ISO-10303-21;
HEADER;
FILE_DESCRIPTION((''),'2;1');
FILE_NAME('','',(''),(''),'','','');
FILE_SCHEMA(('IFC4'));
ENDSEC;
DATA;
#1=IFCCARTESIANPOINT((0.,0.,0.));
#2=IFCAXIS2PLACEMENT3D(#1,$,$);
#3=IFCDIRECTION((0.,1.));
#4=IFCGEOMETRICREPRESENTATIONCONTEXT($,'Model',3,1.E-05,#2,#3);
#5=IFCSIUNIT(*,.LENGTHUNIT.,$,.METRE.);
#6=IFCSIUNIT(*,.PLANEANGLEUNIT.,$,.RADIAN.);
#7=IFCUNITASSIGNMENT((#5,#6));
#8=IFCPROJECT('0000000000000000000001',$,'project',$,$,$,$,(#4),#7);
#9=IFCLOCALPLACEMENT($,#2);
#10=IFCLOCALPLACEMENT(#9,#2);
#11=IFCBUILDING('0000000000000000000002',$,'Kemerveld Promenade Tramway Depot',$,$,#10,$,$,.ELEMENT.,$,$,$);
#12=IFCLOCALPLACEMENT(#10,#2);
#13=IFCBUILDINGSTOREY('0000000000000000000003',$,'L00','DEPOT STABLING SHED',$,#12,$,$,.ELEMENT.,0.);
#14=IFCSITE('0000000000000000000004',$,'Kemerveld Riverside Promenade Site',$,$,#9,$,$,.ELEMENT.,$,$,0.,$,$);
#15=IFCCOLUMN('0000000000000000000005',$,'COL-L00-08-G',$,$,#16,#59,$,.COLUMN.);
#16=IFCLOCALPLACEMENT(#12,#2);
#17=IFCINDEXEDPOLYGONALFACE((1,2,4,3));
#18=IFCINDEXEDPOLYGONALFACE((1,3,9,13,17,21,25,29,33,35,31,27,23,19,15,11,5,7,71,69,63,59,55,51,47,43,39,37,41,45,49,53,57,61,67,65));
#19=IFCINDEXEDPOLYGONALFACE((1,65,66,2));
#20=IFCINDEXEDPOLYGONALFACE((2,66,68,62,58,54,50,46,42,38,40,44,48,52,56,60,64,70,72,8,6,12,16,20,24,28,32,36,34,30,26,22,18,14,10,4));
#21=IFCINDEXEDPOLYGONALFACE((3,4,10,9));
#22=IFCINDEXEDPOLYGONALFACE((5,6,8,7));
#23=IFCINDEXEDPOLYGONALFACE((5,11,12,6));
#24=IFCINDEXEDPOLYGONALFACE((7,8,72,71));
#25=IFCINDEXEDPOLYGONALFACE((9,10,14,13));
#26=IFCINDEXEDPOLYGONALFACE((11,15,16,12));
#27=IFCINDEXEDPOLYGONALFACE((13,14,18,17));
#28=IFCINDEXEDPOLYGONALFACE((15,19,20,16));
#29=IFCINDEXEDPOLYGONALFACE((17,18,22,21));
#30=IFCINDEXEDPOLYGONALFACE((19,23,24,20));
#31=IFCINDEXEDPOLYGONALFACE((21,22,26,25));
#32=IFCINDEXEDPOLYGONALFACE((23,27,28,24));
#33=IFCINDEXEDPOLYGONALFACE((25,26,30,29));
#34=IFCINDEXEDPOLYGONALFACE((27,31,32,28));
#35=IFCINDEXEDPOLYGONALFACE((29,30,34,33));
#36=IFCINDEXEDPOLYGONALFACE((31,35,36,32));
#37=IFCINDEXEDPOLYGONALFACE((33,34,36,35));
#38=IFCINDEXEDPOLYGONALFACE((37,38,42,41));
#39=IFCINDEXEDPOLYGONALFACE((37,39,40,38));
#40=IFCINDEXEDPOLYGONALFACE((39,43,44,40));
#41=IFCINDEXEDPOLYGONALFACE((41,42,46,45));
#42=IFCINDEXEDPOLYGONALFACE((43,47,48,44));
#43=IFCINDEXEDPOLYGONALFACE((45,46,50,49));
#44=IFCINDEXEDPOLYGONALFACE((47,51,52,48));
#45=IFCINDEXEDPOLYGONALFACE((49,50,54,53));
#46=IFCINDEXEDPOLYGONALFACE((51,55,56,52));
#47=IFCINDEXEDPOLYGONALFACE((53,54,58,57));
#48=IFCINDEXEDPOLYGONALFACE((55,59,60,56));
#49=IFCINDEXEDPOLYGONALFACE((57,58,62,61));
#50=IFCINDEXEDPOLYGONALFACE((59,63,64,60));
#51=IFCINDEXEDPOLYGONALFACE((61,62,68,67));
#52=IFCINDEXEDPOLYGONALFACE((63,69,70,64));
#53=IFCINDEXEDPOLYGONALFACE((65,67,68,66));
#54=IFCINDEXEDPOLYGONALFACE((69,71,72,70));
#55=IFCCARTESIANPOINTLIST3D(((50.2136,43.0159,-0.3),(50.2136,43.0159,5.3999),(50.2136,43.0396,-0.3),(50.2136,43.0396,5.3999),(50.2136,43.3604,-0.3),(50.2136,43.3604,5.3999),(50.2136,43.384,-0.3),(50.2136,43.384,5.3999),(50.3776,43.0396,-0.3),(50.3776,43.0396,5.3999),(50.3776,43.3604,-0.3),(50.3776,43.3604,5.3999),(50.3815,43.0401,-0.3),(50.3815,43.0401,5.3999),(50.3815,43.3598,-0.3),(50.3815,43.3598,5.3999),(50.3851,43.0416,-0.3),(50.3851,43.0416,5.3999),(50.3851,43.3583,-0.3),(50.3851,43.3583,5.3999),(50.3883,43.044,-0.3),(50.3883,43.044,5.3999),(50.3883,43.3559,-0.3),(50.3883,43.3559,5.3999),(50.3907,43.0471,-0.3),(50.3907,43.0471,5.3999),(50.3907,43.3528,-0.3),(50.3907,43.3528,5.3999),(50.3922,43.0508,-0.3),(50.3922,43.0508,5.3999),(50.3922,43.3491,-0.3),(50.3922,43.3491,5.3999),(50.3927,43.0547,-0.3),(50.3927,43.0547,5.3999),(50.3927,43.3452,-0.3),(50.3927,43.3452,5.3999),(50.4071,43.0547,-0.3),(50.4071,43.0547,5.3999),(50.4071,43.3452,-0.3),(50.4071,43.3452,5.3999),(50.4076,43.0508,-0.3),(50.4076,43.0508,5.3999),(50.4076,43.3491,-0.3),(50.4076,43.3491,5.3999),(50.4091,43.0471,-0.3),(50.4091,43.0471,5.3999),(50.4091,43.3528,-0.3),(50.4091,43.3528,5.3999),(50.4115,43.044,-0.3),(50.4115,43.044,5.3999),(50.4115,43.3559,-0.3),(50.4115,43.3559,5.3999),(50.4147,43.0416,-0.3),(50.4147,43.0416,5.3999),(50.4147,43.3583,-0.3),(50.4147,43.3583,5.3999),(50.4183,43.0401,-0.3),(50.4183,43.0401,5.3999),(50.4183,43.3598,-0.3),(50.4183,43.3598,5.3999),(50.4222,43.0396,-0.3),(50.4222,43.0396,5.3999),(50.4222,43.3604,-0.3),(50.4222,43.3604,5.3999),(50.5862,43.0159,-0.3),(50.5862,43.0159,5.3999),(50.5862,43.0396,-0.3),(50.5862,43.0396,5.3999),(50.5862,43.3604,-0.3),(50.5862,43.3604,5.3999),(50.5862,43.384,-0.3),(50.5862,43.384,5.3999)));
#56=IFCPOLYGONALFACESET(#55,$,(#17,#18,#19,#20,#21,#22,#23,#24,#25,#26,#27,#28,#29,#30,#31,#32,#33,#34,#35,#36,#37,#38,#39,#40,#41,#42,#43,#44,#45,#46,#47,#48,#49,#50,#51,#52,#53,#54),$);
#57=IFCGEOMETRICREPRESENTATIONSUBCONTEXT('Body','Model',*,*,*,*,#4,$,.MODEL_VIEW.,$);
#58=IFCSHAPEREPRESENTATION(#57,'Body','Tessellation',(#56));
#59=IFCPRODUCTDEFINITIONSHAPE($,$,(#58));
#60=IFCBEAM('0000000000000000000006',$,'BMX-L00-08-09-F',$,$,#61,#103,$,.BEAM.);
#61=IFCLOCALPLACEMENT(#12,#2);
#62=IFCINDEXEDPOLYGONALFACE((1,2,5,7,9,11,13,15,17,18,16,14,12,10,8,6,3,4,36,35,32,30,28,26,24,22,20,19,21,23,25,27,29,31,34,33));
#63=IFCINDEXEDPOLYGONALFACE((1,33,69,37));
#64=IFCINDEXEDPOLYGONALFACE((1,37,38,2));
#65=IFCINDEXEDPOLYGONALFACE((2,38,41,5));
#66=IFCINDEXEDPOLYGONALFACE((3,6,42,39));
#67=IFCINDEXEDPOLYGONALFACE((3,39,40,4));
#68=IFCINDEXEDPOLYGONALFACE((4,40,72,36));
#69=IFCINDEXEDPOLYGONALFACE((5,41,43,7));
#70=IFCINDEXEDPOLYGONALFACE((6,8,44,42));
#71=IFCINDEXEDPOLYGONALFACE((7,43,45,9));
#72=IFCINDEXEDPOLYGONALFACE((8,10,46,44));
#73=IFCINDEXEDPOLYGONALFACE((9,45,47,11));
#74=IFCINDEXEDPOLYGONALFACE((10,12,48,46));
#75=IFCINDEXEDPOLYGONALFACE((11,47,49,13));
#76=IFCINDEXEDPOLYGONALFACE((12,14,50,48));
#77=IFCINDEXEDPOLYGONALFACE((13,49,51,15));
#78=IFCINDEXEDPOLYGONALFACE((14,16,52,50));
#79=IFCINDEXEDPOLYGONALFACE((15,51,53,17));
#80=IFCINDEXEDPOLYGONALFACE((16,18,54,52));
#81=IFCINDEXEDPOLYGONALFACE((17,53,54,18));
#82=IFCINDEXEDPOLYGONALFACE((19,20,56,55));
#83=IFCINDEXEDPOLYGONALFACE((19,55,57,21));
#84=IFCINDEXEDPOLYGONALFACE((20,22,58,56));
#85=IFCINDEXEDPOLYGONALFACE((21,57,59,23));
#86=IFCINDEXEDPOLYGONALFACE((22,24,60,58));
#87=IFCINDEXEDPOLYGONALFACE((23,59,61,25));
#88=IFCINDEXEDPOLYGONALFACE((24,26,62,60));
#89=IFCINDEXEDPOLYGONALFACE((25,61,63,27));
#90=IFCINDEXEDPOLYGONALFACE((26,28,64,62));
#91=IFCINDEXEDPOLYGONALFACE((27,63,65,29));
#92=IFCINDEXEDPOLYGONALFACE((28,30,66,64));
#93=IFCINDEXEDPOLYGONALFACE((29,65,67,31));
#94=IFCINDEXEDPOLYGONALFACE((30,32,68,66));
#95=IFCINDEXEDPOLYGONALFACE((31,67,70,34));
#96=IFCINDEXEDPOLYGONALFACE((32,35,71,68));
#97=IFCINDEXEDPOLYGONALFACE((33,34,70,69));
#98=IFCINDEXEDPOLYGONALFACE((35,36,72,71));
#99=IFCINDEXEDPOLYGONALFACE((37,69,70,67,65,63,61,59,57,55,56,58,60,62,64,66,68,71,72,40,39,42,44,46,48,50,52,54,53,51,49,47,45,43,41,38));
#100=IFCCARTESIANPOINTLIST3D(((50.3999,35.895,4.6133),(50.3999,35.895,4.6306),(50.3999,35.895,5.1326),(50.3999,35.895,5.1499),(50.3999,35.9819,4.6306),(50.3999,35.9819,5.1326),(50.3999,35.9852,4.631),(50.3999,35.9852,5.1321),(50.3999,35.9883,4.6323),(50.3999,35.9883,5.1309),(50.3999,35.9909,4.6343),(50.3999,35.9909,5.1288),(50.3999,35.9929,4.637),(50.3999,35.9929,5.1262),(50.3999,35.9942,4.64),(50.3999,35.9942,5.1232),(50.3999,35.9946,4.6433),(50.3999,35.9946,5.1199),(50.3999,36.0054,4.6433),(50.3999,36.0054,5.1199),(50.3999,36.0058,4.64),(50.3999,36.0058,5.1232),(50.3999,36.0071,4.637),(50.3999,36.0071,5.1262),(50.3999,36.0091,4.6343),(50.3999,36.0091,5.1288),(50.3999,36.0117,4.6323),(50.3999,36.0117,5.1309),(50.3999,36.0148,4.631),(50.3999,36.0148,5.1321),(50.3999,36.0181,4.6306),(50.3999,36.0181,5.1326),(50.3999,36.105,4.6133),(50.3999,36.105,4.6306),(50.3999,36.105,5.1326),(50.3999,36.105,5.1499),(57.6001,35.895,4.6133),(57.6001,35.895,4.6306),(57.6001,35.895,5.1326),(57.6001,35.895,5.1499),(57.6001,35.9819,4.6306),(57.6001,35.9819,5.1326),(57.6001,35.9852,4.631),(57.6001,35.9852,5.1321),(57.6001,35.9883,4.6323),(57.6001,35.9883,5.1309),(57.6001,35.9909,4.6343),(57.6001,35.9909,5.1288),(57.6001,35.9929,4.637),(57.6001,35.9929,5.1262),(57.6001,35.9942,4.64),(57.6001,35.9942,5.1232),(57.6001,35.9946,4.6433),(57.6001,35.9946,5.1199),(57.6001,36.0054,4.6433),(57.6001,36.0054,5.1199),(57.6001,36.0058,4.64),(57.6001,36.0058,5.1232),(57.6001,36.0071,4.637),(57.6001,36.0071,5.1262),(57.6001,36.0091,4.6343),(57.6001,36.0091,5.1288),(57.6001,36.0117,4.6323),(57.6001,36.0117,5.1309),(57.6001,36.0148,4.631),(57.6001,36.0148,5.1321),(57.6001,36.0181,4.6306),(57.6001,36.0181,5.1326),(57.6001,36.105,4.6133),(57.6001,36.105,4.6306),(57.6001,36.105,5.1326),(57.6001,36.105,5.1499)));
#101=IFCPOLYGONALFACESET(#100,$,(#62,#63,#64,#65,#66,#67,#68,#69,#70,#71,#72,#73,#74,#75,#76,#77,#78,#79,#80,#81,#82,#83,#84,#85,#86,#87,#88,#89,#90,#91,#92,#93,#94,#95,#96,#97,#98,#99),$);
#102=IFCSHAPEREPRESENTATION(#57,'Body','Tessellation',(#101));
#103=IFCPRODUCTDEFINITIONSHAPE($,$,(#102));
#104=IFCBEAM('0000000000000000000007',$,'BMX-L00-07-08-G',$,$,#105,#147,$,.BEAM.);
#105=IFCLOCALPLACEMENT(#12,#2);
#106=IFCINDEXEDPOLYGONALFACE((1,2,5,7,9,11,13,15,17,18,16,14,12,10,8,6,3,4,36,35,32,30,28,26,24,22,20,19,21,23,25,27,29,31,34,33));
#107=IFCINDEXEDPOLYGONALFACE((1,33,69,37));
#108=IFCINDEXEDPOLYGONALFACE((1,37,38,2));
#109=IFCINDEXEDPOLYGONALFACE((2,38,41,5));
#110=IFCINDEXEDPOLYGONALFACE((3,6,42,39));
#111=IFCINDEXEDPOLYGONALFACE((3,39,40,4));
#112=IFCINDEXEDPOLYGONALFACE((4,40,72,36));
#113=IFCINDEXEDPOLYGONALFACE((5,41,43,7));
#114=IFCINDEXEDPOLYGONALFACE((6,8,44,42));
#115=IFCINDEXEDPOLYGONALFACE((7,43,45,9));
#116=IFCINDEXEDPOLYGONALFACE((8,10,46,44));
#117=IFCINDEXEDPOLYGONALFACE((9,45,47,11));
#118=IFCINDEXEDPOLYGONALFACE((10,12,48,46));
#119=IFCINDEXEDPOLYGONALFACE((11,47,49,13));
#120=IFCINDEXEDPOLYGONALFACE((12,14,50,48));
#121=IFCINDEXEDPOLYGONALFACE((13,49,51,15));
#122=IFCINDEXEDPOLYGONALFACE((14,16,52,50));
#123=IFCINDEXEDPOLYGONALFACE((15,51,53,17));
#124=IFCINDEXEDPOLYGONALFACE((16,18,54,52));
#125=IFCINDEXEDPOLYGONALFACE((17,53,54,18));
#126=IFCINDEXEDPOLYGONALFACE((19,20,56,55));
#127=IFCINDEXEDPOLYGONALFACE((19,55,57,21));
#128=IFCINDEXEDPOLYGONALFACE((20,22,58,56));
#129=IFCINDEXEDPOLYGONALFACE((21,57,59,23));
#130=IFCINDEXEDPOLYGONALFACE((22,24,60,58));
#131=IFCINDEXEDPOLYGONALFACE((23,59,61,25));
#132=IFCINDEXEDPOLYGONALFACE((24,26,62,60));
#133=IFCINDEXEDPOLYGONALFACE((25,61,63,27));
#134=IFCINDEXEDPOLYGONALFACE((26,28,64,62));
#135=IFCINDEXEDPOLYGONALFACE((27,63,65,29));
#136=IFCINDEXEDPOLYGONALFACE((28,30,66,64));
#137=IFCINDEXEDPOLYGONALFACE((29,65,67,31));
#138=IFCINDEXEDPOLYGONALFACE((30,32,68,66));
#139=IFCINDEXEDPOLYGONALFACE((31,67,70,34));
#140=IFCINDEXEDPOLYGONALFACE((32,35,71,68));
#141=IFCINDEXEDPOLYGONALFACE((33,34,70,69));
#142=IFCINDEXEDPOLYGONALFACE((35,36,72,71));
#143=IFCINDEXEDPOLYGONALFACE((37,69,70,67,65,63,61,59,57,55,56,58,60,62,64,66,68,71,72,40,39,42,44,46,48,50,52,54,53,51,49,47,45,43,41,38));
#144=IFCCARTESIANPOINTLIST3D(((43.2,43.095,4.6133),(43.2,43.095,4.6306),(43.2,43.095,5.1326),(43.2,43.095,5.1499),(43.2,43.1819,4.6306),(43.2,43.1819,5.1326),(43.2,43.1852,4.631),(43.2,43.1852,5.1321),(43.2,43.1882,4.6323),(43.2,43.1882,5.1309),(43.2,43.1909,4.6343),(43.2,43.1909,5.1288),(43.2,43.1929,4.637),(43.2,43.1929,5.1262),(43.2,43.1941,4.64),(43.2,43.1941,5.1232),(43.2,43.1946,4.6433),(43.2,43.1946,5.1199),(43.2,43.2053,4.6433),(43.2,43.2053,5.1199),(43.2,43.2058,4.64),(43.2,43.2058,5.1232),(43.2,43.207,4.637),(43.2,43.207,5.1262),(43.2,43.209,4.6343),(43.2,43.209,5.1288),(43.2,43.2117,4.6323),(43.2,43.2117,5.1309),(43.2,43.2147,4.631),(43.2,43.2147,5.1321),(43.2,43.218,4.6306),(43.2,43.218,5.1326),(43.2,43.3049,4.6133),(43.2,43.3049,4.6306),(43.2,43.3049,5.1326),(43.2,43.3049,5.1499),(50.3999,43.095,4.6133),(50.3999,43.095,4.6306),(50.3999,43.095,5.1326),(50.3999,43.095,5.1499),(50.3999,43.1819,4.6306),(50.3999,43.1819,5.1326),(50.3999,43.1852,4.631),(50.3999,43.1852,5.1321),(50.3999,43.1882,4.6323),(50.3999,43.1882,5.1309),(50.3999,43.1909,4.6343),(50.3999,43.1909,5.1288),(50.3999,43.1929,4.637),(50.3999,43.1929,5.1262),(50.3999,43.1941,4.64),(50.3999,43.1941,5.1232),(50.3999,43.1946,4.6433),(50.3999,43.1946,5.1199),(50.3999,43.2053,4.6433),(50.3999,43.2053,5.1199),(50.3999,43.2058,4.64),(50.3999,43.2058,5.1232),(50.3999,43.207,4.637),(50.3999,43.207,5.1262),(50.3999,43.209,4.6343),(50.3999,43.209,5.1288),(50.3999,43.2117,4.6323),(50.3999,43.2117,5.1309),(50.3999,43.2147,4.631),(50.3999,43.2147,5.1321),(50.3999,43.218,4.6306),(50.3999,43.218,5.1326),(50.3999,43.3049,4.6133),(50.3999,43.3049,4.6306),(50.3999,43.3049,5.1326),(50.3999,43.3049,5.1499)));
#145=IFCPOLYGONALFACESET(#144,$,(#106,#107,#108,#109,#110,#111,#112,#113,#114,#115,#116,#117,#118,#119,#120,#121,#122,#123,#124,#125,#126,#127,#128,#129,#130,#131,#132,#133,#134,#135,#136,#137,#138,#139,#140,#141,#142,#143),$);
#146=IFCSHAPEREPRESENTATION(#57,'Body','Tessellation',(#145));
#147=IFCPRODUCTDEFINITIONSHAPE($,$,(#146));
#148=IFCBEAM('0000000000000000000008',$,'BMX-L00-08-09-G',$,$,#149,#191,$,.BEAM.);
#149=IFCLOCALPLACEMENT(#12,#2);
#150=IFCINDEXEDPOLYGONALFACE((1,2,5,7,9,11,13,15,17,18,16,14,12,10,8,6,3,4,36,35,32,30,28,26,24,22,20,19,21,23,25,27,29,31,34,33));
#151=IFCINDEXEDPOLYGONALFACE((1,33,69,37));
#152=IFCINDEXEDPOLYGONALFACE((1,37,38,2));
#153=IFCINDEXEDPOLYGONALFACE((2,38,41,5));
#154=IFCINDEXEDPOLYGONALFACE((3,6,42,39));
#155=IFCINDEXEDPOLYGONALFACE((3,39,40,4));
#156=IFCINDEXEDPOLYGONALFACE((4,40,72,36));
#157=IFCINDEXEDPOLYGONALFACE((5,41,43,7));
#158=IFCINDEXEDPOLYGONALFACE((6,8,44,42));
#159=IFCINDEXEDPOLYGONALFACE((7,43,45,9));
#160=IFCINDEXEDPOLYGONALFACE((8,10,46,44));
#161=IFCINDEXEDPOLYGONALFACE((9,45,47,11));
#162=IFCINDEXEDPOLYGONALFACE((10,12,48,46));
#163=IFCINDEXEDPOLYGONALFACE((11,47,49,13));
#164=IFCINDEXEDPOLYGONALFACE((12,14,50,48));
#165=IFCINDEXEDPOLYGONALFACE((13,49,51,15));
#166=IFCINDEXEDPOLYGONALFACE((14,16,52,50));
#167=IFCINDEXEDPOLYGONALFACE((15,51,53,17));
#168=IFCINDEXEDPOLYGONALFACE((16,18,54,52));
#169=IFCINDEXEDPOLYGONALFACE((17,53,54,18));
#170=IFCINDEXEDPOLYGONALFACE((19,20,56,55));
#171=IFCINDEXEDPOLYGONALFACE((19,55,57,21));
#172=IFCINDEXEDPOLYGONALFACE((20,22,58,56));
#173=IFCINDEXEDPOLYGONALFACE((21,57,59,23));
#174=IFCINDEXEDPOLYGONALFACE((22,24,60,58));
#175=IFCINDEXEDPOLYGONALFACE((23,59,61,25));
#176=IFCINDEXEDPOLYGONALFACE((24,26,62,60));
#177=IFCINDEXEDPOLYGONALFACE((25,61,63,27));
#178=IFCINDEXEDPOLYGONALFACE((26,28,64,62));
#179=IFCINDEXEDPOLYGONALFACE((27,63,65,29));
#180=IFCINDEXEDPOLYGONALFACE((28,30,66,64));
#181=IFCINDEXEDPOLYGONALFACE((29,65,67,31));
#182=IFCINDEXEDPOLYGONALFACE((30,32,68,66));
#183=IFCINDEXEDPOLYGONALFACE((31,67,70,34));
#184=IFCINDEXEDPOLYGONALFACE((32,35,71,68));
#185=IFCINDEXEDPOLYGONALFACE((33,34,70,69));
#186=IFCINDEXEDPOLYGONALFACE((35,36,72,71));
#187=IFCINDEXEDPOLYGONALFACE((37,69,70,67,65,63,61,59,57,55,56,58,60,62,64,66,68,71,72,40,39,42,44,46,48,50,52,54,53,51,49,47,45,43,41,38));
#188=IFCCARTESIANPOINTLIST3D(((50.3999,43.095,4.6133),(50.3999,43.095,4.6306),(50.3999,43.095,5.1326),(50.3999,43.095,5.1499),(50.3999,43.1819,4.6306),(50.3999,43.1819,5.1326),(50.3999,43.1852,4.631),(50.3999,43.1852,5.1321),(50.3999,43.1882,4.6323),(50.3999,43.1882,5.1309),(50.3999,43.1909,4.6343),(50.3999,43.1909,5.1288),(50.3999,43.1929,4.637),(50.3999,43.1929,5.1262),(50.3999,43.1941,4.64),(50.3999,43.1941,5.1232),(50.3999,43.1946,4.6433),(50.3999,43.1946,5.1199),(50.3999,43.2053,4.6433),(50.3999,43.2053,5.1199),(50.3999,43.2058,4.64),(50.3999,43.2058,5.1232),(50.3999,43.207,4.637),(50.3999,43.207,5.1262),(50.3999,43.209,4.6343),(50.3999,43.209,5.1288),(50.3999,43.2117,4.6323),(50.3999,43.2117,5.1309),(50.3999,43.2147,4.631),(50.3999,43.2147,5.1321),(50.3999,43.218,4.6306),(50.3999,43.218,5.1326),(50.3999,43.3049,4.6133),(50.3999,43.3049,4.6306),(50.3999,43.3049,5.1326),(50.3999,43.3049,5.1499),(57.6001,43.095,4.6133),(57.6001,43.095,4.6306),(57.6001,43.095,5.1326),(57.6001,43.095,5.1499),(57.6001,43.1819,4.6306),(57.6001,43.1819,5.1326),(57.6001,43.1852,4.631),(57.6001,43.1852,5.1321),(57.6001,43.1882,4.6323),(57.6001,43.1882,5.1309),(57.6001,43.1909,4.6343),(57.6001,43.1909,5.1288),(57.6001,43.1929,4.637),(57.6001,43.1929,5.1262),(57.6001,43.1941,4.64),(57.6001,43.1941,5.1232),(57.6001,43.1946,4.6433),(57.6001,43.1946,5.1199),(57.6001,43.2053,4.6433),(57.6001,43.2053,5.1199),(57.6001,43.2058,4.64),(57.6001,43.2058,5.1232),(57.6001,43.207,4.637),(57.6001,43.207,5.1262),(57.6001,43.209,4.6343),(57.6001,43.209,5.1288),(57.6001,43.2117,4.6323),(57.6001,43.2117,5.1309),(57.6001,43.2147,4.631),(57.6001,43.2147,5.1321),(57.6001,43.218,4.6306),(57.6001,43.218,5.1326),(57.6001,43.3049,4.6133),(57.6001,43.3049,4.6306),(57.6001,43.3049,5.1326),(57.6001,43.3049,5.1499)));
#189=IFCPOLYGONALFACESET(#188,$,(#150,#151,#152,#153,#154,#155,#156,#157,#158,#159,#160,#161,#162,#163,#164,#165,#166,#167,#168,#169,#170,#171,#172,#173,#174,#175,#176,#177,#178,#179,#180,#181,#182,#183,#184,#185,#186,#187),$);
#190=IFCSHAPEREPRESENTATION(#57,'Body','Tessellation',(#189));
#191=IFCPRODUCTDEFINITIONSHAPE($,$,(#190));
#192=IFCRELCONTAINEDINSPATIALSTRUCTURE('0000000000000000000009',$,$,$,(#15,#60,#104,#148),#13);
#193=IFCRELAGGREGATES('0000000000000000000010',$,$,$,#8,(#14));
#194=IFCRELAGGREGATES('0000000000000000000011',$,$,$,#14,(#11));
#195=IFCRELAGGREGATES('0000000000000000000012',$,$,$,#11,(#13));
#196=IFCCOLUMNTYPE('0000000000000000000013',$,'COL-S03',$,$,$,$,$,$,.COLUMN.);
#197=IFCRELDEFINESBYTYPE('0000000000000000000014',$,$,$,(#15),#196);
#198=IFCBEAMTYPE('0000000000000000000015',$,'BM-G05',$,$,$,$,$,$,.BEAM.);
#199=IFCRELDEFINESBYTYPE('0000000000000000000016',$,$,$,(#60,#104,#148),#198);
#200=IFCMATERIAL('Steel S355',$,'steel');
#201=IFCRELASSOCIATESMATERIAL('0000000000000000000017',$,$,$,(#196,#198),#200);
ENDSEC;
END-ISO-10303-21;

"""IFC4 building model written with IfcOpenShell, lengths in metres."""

from ifc_helpers import new_model, si_unit, direction, frame, origin, origin_2d, place, context, subcontext, project, spatial, i_section, extrude, material, material_profile, profile_set, type_object, element, save


model = new_model("IFC4")

# Units and contexts
model_context = context("Model", 3, precision=1e-05, world=origin(), true_north=direction((0.0, 1.0)))
body_context = subcontext(model_context, "Body", "Model", "MODEL_VIEW")
ifc_project = project(units=[si_unit("LENGTHUNIT", "METRE"), si_unit("PLANEANGLEUNIT", "RADIAN")], contexts=[model_context])

# Site, building, storey
site_placement = place(None, origin())
site = spatial("IfcSite", under=ifc_project, at=site_placement, Name="Kemerveld Riverside Promenade Site", CompositionType="ELEMENT", RefElevation=0.0)
building_placement = place(site_placement, origin())
building = spatial("IfcBuilding", under=site, at=building_placement, Name="Kemerveld Promenade Tramway Depot", CompositionType="ELEMENT")
storey_placement = place(building_placement, origin())
storey = spatial("IfcBuildingStorey", under=building, at=storey_placement, Name="L00", Description="DEPOT STABLING SHED", CompositionType="ELEMENT", Elevation=0.0)

# Column
ifc_material_1 = material(Name="Steel S355", Category="steel")
ifc_material_profile_1 = material_profile(ifc_material_1, i_section(OverallWidth=0.3726, OverallDepth=0.3682, WebThickness=0.0144, FlangeThickness=0.0237, FilletRadius=0.0151, at=origin_2d()), Name="356x368x177 UC")
ifc_profile_set_1 = profile_set([ifc_material_profile_1], Name="Steel S355")
column_type = type_object("IfcColumnType", Name="COL-S03", PredefinedType="COLUMN", material=ifc_profile_set_1)
for number, where, z_axis, x_axis, name in (
    (1, (50.3999, 43.2, -0.3), (0.0, 0.0, 1.0), (1.0, 0.0, 0.0), "COL-L00-08-G"),
):
    element("IfcColumn", number, at=place(storey_placement, frame(where, z_axis=z_axis, x_axis=x_axis)), inside=storey, type_object=column_type, Name=name, PredefinedType="COLUMN", context=body_context, shape_type="SweptSolid", body=[
        extrude(i_section(OverallWidth=0.3726, OverallDepth=0.3682, WebThickness=0.0144, FlangeThickness=0.0237, FilletRadius=0.0151, at=origin_2d()), origin(), (0.0, 0.0, 1.0), 5.7),
    ])

# Beams
ifc_material_profile_2 = material_profile(ifc_material_1, i_section(OverallWidth=0.21, OverallDepth=0.5366, WebThickness=0.0107, FlangeThickness=0.0173, FilletRadius=0.0127, at=origin_2d()), Name="533x210x101 UB")
ifc_profile_set_2 = profile_set([ifc_material_profile_2], Name="Steel S355")
beam_type_1 = type_object("IfcBeamType", Name="BM-G05", PredefinedType="BEAM", material=ifc_profile_set_2)
beam_1_placement = place(storey_placement, frame((50.3999, 36.0, 4.8816), z_axis=(1.0, 0.0, 0.0), x_axis=(0.0, 1.0, 0.0)))
element("IfcBeam", 2, at=beam_1_placement, inside=storey, type_object=beam_type_1, Name="BMX-L00-08-09-F", PredefinedType="BEAM", context=body_context, shape_type="SweptSolid", body=[
    extrude(i_section(OverallWidth=0.21, OverallDepth=0.5366, WebThickness=0.0107, FlangeThickness=0.0173, FilletRadius=0.0127, at=origin_2d()), origin(), (0.0, 0.0, 1.0), 7.2002),
])
beam_2_placement = place(storey_placement, frame((43.2, 43.2, 4.8816), z_axis=(1.0, 0.0, 0.0), x_axis=(0.0, 1.0, 0.0)))
element("IfcBeam", 3, at=beam_2_placement, inside=storey, type_object=beam_type_1, Name="BMX-L00-07-08-G", PredefinedType="BEAM", context=body_context, shape_type="SweptSolid", body=[
    extrude(i_section(OverallWidth=0.21, OverallDepth=0.5366, WebThickness=0.0107, FlangeThickness=0.0173, FilletRadius=0.0127, at=origin_2d()), origin(), (0.0, 0.0, 1.0), 7.2),
])
beam_3_placement = place(storey_placement, frame((50.3999, 43.2, 4.8816), z_axis=(1.0, 0.0, 0.0), x_axis=(0.0, 1.0, 0.0)))
element("IfcBeam", 4, at=beam_3_placement, inside=storey, type_object=beam_type_1, Name="BMX-L00-08-09-G", PredefinedType="BEAM", context=body_context, shape_type="SweptSolid", body=[
    extrude(i_section(OverallWidth=0.21, OverallDepth=0.5366, WebThickness=0.0107, FlangeThickness=0.0173, FilletRadius=0.0127, at=origin_2d()), origin(), (0.0, 0.0, 1.0), 7.2002),
])

save(model, "model.ifc")
